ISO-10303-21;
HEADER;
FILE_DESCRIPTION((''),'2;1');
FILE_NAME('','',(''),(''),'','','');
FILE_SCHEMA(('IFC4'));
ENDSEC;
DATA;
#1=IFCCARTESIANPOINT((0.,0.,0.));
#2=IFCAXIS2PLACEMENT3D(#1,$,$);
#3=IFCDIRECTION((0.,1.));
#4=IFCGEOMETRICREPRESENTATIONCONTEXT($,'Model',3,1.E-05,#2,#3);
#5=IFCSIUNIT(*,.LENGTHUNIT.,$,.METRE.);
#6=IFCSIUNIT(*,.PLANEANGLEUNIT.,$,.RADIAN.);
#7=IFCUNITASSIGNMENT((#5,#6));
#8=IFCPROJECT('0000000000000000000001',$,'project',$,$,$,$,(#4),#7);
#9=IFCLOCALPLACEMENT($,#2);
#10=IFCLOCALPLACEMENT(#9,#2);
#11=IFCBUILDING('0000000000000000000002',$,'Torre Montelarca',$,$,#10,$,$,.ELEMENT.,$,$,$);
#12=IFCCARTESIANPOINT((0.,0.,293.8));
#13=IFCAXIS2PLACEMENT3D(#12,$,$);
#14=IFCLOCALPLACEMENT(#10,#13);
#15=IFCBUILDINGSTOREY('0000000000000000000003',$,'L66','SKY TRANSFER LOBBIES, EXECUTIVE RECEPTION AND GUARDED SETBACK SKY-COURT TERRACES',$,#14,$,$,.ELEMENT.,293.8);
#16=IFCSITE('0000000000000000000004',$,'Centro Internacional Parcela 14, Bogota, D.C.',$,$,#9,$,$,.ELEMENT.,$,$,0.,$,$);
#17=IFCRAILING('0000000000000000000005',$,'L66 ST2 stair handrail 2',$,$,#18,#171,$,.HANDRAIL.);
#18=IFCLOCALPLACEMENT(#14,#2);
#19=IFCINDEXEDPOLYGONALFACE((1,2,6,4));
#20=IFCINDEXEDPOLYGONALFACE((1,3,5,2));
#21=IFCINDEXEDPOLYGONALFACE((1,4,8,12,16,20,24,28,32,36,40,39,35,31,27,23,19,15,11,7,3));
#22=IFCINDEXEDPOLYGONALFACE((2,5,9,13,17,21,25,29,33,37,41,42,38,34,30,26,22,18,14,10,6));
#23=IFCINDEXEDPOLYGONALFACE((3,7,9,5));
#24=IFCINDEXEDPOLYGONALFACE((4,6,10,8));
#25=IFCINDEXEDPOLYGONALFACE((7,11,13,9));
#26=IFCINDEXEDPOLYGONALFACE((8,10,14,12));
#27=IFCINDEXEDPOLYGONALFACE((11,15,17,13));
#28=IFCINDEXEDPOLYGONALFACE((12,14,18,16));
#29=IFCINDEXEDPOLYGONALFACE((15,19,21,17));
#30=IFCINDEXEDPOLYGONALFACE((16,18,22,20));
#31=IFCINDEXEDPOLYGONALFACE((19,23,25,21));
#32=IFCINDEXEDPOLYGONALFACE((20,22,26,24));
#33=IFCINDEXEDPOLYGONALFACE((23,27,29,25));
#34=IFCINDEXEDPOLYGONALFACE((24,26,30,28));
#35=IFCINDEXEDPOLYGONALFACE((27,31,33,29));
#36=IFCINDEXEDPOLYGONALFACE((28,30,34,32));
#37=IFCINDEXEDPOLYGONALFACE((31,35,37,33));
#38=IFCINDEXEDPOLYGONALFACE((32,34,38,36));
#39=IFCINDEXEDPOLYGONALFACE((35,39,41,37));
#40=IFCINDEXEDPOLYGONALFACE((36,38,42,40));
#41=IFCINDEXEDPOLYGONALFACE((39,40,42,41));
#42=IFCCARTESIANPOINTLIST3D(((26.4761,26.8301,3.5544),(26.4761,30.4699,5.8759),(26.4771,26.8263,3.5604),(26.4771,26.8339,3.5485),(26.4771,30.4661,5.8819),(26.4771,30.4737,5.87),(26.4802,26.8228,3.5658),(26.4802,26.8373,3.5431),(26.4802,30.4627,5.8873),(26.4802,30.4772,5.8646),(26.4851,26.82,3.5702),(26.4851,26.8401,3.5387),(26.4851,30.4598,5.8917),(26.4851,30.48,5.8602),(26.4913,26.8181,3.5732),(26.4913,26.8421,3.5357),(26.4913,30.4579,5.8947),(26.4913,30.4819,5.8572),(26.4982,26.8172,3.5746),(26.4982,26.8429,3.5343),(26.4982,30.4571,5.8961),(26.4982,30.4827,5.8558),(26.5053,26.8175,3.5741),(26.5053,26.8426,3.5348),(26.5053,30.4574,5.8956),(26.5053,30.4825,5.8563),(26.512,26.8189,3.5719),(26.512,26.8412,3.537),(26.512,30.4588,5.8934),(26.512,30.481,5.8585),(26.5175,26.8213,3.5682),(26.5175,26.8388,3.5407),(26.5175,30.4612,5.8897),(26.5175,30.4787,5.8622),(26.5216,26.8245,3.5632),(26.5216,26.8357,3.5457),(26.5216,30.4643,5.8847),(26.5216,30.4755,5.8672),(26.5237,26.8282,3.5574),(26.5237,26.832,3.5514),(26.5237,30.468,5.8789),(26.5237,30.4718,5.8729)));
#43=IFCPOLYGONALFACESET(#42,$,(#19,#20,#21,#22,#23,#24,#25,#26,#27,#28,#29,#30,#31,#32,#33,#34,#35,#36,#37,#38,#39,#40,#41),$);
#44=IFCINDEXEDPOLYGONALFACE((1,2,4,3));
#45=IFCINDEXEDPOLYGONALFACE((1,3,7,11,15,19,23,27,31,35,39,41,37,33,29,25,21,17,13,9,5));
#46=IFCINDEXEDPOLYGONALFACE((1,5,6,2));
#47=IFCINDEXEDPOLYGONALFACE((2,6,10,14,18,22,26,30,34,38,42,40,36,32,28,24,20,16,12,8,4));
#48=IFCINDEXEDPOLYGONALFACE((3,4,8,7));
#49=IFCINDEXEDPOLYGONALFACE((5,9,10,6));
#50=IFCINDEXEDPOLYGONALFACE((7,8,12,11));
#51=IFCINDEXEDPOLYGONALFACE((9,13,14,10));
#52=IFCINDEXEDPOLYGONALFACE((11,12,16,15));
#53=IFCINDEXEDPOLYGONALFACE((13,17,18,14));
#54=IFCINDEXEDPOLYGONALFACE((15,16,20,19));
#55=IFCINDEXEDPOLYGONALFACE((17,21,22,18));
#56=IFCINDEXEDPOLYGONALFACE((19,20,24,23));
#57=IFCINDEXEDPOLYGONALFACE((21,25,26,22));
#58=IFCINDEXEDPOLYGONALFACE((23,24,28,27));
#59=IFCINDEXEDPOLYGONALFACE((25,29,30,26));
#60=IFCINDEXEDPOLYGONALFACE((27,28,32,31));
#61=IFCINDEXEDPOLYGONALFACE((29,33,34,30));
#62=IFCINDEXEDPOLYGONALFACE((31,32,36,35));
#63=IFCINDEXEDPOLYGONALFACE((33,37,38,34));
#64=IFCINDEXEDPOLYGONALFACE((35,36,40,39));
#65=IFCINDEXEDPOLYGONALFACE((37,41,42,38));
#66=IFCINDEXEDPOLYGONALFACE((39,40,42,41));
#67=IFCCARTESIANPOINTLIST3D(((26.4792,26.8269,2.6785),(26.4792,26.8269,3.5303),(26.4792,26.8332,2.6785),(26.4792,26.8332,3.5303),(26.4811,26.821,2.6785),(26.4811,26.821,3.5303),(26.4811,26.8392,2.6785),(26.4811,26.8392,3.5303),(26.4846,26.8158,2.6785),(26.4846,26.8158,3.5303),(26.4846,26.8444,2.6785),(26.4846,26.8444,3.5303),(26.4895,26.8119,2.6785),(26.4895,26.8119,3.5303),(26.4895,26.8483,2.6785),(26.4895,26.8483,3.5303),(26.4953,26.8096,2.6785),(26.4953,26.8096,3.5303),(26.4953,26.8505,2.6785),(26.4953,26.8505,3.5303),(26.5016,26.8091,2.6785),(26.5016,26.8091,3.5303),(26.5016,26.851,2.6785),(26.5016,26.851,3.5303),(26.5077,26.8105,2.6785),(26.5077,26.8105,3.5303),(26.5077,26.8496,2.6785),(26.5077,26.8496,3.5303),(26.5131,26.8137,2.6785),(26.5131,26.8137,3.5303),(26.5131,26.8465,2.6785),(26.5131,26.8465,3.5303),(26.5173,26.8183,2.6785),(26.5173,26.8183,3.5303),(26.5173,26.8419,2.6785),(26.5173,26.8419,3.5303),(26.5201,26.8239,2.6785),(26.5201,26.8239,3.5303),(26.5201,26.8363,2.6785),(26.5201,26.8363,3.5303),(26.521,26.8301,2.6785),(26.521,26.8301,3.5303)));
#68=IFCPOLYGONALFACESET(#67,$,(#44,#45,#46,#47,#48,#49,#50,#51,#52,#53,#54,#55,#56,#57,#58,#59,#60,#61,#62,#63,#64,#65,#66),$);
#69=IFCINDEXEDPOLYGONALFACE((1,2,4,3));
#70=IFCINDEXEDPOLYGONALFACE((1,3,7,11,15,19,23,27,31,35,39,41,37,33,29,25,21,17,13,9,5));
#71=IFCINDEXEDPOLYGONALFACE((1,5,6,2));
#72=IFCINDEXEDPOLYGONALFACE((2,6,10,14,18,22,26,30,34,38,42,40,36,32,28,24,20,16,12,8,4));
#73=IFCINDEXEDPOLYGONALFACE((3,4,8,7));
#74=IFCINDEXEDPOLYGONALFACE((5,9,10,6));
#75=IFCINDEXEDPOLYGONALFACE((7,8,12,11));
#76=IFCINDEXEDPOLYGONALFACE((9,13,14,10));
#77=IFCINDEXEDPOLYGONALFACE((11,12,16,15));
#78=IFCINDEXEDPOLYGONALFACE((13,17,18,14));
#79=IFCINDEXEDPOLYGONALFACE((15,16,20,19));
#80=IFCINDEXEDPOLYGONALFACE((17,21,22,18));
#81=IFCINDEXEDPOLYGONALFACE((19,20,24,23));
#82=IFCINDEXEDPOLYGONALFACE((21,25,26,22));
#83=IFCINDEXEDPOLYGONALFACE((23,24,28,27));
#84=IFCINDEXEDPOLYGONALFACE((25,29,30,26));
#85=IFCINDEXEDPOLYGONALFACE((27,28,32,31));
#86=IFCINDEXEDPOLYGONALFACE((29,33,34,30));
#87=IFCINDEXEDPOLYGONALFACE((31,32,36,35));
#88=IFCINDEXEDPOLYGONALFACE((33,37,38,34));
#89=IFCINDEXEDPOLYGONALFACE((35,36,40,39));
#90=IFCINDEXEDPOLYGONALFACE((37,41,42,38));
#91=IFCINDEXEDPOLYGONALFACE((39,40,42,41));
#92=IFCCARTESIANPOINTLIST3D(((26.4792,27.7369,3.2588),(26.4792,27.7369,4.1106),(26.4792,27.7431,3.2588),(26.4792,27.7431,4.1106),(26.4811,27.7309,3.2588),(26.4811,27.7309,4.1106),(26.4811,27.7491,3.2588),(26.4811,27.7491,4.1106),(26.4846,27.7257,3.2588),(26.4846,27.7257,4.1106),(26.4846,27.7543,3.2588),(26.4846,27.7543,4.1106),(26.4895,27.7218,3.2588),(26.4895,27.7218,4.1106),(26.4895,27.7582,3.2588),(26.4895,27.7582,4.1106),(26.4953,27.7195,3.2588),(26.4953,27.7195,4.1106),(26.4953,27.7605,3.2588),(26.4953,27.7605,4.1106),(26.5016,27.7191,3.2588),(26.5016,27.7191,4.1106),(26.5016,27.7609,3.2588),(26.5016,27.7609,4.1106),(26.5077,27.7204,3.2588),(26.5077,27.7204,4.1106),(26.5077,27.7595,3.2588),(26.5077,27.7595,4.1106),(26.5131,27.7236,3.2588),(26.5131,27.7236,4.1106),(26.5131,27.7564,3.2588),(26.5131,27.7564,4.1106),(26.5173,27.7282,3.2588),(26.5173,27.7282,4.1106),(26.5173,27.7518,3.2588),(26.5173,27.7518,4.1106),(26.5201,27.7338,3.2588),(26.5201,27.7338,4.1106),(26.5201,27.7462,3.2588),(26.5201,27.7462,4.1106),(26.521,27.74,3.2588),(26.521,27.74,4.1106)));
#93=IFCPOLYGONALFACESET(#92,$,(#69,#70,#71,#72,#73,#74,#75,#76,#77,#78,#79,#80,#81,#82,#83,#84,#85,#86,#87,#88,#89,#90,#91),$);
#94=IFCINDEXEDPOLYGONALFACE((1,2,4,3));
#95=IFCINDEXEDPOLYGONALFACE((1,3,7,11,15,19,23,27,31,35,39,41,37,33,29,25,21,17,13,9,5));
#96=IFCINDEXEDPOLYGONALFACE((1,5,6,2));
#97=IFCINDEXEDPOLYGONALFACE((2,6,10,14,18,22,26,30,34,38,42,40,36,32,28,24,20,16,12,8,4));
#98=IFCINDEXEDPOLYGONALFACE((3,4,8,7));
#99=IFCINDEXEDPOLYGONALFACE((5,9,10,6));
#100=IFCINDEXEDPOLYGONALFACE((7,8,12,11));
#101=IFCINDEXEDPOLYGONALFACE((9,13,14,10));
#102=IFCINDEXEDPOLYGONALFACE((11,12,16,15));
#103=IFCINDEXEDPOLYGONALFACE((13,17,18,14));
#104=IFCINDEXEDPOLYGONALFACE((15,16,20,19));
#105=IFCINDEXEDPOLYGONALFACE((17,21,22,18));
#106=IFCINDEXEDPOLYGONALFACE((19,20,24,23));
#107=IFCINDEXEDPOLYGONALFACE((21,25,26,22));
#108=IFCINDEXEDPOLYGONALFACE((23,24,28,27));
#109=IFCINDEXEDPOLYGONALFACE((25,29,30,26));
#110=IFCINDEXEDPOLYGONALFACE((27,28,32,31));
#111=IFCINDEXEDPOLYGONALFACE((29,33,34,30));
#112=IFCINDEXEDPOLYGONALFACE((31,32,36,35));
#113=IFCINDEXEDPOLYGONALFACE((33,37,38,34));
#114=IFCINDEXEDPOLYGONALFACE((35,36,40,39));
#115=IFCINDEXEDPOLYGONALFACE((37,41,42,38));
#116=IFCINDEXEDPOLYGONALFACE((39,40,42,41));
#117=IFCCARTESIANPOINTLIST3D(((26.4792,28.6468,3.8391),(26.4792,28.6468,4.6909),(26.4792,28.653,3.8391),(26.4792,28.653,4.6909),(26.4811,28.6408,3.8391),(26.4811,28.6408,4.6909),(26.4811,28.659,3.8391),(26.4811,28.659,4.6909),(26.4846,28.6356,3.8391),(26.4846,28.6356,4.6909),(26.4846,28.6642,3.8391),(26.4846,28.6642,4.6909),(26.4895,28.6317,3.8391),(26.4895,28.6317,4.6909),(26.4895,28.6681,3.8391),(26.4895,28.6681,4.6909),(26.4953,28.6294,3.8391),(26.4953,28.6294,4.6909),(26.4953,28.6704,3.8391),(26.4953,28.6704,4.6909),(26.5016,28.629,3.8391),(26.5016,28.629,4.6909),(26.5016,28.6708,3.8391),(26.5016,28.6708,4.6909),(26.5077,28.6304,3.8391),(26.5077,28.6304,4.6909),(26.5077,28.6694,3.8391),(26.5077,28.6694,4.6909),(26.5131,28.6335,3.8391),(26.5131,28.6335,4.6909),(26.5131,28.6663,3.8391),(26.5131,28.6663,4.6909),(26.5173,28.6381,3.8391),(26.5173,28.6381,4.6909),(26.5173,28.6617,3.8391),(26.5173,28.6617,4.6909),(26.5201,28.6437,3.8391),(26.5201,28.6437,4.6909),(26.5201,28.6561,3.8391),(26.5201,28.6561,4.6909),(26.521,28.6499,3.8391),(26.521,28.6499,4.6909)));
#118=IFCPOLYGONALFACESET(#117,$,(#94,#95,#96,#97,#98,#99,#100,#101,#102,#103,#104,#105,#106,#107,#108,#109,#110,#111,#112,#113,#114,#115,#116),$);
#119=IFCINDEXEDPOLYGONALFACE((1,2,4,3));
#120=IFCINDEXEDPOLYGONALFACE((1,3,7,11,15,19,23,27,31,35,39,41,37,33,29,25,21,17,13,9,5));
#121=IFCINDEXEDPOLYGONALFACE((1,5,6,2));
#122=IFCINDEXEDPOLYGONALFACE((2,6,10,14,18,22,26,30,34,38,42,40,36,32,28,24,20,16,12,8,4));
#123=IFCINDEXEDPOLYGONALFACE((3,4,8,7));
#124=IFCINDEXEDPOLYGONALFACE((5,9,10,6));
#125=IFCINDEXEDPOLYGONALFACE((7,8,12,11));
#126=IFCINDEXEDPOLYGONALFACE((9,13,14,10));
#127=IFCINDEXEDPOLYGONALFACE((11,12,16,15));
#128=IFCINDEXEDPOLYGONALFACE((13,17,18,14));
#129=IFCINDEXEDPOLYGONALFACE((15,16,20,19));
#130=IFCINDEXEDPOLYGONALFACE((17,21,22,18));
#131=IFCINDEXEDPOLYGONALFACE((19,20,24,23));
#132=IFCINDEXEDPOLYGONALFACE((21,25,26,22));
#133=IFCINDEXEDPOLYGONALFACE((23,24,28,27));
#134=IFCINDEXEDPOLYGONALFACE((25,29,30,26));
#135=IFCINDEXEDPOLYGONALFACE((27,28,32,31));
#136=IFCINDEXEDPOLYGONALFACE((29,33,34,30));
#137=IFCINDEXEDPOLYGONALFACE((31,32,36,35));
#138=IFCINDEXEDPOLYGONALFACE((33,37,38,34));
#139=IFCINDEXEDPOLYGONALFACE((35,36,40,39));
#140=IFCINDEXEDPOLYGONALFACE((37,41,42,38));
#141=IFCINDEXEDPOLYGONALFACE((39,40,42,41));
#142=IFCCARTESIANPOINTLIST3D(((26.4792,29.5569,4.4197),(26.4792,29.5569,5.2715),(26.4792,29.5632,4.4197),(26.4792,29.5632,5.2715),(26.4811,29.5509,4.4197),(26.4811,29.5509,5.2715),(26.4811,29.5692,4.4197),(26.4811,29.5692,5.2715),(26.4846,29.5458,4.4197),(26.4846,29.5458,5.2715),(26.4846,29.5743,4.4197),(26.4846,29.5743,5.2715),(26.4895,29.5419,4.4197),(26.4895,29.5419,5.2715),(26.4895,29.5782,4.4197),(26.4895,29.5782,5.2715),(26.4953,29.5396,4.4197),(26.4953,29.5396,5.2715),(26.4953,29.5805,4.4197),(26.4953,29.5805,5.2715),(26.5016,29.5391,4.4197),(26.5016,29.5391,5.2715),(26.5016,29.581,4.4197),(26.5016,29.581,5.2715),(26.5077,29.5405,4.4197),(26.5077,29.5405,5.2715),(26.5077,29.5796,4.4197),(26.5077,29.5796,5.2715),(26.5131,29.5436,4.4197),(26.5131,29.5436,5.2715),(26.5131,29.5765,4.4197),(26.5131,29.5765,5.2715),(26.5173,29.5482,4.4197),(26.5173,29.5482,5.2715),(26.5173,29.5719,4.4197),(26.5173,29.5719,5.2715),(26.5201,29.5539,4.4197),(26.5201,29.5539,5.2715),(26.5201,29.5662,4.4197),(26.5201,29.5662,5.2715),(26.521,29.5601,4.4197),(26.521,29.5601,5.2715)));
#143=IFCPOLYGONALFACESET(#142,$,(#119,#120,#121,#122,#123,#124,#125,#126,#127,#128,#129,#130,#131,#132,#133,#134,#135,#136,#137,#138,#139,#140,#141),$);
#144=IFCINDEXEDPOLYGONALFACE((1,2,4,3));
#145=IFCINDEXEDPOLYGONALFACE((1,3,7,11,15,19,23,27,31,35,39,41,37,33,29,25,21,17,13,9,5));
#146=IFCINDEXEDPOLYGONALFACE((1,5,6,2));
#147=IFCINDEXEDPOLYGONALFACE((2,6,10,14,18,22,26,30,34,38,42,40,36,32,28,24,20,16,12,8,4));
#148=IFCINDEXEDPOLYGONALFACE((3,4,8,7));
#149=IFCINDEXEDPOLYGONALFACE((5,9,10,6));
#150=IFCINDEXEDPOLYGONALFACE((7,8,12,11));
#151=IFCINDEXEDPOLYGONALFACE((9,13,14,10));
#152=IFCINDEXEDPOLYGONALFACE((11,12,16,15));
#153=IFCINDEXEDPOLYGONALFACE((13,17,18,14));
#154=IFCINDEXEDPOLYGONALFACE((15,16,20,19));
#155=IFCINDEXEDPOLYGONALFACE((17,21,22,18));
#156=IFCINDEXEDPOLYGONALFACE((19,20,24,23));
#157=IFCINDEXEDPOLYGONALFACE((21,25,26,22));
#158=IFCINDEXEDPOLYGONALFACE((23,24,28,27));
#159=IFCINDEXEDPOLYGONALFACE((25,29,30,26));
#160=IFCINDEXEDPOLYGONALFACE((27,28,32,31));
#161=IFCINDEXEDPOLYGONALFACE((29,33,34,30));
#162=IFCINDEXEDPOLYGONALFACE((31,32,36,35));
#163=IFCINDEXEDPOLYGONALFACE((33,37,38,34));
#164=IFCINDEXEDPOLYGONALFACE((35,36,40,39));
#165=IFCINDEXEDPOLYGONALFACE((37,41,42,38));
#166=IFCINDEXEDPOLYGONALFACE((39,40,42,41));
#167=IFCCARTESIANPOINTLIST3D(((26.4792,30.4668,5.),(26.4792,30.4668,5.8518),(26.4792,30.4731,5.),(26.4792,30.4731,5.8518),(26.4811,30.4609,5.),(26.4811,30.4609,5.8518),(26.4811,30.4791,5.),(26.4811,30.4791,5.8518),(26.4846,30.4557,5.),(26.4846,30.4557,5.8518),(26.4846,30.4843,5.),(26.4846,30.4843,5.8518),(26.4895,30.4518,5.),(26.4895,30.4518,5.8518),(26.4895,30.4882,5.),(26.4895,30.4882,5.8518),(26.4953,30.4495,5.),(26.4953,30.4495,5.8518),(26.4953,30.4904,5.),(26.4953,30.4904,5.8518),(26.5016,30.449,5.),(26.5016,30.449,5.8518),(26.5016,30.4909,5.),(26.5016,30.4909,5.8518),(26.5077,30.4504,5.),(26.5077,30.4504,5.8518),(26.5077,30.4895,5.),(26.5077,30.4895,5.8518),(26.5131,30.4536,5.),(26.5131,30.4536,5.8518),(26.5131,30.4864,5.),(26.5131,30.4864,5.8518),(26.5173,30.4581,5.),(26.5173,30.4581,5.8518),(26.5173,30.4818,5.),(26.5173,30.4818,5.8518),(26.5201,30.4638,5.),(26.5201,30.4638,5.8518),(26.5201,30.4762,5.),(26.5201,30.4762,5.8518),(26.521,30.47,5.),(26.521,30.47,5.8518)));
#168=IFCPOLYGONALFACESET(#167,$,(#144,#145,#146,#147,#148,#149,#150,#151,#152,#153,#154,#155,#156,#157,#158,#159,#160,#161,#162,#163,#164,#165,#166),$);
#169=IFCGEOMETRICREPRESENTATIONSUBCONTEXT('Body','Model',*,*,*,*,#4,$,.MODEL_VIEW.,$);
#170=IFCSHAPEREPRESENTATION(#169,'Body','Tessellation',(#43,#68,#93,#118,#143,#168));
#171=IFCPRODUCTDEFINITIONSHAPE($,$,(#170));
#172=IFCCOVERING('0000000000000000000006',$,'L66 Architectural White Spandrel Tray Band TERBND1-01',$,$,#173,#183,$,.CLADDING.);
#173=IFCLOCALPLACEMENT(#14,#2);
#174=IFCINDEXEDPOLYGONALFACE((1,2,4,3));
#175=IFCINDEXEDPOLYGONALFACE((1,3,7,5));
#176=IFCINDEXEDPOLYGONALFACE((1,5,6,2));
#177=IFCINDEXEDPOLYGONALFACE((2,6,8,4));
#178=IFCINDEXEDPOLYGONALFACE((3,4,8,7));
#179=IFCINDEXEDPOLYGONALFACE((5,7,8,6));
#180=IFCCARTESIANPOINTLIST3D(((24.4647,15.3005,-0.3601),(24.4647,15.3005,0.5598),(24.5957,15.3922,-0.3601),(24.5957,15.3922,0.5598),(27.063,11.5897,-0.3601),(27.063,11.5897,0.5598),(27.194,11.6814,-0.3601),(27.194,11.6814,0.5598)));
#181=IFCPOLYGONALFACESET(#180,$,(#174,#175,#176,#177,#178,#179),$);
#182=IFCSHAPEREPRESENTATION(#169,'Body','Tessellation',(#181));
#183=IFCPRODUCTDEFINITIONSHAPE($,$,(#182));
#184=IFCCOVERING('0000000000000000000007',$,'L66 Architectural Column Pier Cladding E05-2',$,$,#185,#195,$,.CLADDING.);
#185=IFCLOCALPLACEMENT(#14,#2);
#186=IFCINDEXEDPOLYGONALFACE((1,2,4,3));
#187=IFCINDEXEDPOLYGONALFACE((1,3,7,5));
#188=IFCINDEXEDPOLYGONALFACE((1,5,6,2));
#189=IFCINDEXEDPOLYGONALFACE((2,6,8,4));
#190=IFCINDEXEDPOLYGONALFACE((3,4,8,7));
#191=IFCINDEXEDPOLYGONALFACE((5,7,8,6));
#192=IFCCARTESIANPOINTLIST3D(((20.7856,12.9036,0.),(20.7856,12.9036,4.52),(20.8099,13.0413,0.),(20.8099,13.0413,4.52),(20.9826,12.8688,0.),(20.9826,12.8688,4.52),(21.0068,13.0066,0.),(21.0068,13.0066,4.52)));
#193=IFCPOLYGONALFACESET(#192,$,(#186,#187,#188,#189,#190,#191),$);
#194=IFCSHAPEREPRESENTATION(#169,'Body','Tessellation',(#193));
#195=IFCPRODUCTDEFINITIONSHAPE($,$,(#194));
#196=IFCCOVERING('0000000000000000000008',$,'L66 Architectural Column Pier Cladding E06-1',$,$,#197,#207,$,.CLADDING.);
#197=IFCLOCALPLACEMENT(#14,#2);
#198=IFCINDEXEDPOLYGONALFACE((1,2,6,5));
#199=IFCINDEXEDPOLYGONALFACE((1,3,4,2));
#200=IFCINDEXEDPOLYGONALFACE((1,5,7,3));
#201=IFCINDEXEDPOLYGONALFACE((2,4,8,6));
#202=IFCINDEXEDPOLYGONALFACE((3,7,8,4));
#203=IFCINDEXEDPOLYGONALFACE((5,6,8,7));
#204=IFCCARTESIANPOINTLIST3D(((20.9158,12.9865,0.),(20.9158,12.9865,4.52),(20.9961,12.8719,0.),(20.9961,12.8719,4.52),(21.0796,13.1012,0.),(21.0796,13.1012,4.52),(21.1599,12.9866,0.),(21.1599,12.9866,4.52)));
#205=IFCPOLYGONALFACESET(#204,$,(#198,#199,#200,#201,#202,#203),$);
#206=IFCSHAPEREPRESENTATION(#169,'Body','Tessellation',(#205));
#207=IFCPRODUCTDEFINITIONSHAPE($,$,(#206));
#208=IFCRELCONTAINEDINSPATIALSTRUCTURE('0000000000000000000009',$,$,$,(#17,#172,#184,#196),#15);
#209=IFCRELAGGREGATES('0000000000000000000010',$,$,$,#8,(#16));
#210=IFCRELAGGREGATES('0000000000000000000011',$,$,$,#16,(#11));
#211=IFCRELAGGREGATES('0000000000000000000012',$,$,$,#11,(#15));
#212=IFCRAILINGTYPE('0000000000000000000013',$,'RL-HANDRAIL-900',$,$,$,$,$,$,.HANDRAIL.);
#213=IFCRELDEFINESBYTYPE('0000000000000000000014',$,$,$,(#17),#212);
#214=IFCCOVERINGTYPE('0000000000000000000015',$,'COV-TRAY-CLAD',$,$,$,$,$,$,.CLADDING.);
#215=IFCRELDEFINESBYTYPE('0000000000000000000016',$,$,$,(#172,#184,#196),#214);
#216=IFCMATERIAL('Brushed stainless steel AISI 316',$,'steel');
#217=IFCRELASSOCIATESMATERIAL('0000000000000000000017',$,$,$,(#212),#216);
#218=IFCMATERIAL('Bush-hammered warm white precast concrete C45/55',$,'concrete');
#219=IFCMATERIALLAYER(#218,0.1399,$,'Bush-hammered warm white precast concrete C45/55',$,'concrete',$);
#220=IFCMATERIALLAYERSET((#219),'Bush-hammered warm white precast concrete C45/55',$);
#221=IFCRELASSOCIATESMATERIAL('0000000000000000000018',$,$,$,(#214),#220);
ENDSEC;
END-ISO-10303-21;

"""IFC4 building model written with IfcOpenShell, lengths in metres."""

from ifc_helpers import new_model, si_unit, direction, frame, origin, origin_2d, place, context, subcontext, project, spatial, rectangle, circle, extrude, source, transform, mapped, material, layer, layer_set, type_object, element, save


model = new_model("IFC4")

# Units and contexts
model_context = context("Model", 3, precision=1e-05, world=origin(), true_north=direction((0.0, 1.0)))
body_context = subcontext(model_context, "Body", "Model", "MODEL_VIEW")
ifc_project = project(units=[si_unit("LENGTHUNIT", "METRE"), si_unit("PLANEANGLEUNIT", "RADIAN")], contexts=[model_context])

# Site, building, storey
site_placement = place(None, origin())
site = spatial("IfcSite", under=ifc_project, at=site_placement, Name="Centro Internacional Parcela 14, Bogota, D.C.", CompositionType="ELEMENT", RefElevation=0.0)
building_placement = place(site_placement, origin())
building = spatial("IfcBuilding", under=site, at=building_placement, Name="Torre Montelarca", CompositionType="ELEMENT")
storey_placement = place(building_placement, frame((0.0, 0.0, 293.8)))
storey = spatial("IfcBuildingStorey", under=building, at=storey_placement, Name="L66", Description="SKY TRANSFER LOBBIES, EXECUTIVE RECEPTION AND GUARDED SETBACK SKY-COURT TERRACES", CompositionType="ELEMENT", Elevation=293.8)

# Railing
ifc_material_1 = material(Name="Brushed stainless steel AISI 316", Category="steel")
railing_type_1 = type_object("IfcRailingType", Name="RL-HANDRAIL-900", PredefinedType="HANDRAIL", material=ifc_material_1)
railing_1_placement = place(storey_placement, frame((26.5, 26.8301, 2.6785)))
element("IfcRailing", 1, at=railing_1_placement, inside=storey, type_object=railing_type_1, Name="L66 ST2 stair handrail 2", PredefinedType="HANDRAIL", context=body_context, shape_type="SweptSolid", body=[
    extrude(circle(Radius=0.0239, at=origin_2d()), frame((0.0, 0.0, 0.876), z_axis=(0.0, 0.843112, 0.537739), x_axis=(-1.0, 0.0, 0.0)), (0.0, 0.0, 1.0), 4.3171),
    extrude(circle(Radius=0.021, at=origin_2d()), origin(), (0.0, 0.0, 1.0), 0.8518),
    extrude(circle(Radius=0.021, at=origin_2d()), frame((0.0, 0.9099, 0.5803)), (0.0, 0.0, 1.0), 0.8518),
    extrude(circle(Radius=0.021, at=origin_2d()), frame((0.0, 1.8198, 1.1606)), (0.0, 0.0, 1.0), 0.8518),
    extrude(circle(Radius=0.021, at=origin_2d()), frame((0.0, 2.73, 1.7412)), (0.0, 0.0, 1.0), 0.8518),
    extrude(circle(Radius=0.021, at=origin_2d()), frame((0.0, 3.6399, 2.3215)), (0.0, 0.0, 1.0), 0.8518),
])

# Coverings
ifc_material_2 = material(Name="Bush-hammered warm white precast concrete C45/55", Category="concrete")
ifc_layer_1 = layer(ifc_material_2, 0.1399, Name="Bush-hammered warm white precast concrete C45/55", Category="concrete")
ifc_layer_set_1 = layer_set([ifc_layer_1], Name="Bush-hammered warm white precast concrete C45/55")
covering_type = type_object("IfcCoveringType", Name="COV-TRAY-CLAD", PredefinedType="CLADDING", material=ifc_layer_set_1)
shared_shape_1 = source(origin(), body_context, "Body", "SweptSolid", [
    extrude(rectangle(XDim=4.53, YDim=0.1599, at=origin_2d()), origin(), (0.0, 0.0, 1.0), 0.9199),
])
covering_1_placement = place(storey_placement, frame((25.8293, 13.491, -0.3601), z_axis=(0.0, 0.0, 1.0), x_axis=(0.573561, -0.819163, 0.0)))
element("IfcCovering", 2, at=covering_1_placement, inside=storey, type_object=covering_type, Name="L66 Architectural White Spandrel Tray Band TERBND1-01", PredefinedType="CLADDING", context=body_context, shape_type="MappedRepresentation", body=[
    mapped(shared_shape_1, transform((0.0, 0.0, 0.0), scale=1.0)),
])
shared_shape_2 = source(origin(), body_context, "Body", "SweptSolid", [
    extrude(rectangle(XDim=0.2, YDim=0.1399, at=origin_2d()), origin(), (0.0, 0.0, 1.0), 4.52),
])
for number, where, z_axis, x_axis, name in (
    (3, (20.8962, 12.9551, 0.0), (0.0, 0.0, 1.0), (0.984808, -0.173646, 0.0), "L66 Architectural Column Pier Cladding E05-2"),
    (4, (21.0378, 12.9866, 0.0), (0.0, 0.0, 1.0), (0.819156, 0.573571, 0.0), "L66 Architectural Column Pier Cladding E06-1"),
):
    element("IfcCovering", number, at=place(storey_placement, frame(where, z_axis=z_axis, x_axis=x_axis)), inside=storey, type_object=covering_type, Name=name, PredefinedType="CLADDING", context=body_context, shape_type="MappedRepresentation", body=[
        mapped(shared_shape_2, transform((0.0, 0.0, 0.0), scale=1.0)),
    ])

save(model, "model.ifc")
